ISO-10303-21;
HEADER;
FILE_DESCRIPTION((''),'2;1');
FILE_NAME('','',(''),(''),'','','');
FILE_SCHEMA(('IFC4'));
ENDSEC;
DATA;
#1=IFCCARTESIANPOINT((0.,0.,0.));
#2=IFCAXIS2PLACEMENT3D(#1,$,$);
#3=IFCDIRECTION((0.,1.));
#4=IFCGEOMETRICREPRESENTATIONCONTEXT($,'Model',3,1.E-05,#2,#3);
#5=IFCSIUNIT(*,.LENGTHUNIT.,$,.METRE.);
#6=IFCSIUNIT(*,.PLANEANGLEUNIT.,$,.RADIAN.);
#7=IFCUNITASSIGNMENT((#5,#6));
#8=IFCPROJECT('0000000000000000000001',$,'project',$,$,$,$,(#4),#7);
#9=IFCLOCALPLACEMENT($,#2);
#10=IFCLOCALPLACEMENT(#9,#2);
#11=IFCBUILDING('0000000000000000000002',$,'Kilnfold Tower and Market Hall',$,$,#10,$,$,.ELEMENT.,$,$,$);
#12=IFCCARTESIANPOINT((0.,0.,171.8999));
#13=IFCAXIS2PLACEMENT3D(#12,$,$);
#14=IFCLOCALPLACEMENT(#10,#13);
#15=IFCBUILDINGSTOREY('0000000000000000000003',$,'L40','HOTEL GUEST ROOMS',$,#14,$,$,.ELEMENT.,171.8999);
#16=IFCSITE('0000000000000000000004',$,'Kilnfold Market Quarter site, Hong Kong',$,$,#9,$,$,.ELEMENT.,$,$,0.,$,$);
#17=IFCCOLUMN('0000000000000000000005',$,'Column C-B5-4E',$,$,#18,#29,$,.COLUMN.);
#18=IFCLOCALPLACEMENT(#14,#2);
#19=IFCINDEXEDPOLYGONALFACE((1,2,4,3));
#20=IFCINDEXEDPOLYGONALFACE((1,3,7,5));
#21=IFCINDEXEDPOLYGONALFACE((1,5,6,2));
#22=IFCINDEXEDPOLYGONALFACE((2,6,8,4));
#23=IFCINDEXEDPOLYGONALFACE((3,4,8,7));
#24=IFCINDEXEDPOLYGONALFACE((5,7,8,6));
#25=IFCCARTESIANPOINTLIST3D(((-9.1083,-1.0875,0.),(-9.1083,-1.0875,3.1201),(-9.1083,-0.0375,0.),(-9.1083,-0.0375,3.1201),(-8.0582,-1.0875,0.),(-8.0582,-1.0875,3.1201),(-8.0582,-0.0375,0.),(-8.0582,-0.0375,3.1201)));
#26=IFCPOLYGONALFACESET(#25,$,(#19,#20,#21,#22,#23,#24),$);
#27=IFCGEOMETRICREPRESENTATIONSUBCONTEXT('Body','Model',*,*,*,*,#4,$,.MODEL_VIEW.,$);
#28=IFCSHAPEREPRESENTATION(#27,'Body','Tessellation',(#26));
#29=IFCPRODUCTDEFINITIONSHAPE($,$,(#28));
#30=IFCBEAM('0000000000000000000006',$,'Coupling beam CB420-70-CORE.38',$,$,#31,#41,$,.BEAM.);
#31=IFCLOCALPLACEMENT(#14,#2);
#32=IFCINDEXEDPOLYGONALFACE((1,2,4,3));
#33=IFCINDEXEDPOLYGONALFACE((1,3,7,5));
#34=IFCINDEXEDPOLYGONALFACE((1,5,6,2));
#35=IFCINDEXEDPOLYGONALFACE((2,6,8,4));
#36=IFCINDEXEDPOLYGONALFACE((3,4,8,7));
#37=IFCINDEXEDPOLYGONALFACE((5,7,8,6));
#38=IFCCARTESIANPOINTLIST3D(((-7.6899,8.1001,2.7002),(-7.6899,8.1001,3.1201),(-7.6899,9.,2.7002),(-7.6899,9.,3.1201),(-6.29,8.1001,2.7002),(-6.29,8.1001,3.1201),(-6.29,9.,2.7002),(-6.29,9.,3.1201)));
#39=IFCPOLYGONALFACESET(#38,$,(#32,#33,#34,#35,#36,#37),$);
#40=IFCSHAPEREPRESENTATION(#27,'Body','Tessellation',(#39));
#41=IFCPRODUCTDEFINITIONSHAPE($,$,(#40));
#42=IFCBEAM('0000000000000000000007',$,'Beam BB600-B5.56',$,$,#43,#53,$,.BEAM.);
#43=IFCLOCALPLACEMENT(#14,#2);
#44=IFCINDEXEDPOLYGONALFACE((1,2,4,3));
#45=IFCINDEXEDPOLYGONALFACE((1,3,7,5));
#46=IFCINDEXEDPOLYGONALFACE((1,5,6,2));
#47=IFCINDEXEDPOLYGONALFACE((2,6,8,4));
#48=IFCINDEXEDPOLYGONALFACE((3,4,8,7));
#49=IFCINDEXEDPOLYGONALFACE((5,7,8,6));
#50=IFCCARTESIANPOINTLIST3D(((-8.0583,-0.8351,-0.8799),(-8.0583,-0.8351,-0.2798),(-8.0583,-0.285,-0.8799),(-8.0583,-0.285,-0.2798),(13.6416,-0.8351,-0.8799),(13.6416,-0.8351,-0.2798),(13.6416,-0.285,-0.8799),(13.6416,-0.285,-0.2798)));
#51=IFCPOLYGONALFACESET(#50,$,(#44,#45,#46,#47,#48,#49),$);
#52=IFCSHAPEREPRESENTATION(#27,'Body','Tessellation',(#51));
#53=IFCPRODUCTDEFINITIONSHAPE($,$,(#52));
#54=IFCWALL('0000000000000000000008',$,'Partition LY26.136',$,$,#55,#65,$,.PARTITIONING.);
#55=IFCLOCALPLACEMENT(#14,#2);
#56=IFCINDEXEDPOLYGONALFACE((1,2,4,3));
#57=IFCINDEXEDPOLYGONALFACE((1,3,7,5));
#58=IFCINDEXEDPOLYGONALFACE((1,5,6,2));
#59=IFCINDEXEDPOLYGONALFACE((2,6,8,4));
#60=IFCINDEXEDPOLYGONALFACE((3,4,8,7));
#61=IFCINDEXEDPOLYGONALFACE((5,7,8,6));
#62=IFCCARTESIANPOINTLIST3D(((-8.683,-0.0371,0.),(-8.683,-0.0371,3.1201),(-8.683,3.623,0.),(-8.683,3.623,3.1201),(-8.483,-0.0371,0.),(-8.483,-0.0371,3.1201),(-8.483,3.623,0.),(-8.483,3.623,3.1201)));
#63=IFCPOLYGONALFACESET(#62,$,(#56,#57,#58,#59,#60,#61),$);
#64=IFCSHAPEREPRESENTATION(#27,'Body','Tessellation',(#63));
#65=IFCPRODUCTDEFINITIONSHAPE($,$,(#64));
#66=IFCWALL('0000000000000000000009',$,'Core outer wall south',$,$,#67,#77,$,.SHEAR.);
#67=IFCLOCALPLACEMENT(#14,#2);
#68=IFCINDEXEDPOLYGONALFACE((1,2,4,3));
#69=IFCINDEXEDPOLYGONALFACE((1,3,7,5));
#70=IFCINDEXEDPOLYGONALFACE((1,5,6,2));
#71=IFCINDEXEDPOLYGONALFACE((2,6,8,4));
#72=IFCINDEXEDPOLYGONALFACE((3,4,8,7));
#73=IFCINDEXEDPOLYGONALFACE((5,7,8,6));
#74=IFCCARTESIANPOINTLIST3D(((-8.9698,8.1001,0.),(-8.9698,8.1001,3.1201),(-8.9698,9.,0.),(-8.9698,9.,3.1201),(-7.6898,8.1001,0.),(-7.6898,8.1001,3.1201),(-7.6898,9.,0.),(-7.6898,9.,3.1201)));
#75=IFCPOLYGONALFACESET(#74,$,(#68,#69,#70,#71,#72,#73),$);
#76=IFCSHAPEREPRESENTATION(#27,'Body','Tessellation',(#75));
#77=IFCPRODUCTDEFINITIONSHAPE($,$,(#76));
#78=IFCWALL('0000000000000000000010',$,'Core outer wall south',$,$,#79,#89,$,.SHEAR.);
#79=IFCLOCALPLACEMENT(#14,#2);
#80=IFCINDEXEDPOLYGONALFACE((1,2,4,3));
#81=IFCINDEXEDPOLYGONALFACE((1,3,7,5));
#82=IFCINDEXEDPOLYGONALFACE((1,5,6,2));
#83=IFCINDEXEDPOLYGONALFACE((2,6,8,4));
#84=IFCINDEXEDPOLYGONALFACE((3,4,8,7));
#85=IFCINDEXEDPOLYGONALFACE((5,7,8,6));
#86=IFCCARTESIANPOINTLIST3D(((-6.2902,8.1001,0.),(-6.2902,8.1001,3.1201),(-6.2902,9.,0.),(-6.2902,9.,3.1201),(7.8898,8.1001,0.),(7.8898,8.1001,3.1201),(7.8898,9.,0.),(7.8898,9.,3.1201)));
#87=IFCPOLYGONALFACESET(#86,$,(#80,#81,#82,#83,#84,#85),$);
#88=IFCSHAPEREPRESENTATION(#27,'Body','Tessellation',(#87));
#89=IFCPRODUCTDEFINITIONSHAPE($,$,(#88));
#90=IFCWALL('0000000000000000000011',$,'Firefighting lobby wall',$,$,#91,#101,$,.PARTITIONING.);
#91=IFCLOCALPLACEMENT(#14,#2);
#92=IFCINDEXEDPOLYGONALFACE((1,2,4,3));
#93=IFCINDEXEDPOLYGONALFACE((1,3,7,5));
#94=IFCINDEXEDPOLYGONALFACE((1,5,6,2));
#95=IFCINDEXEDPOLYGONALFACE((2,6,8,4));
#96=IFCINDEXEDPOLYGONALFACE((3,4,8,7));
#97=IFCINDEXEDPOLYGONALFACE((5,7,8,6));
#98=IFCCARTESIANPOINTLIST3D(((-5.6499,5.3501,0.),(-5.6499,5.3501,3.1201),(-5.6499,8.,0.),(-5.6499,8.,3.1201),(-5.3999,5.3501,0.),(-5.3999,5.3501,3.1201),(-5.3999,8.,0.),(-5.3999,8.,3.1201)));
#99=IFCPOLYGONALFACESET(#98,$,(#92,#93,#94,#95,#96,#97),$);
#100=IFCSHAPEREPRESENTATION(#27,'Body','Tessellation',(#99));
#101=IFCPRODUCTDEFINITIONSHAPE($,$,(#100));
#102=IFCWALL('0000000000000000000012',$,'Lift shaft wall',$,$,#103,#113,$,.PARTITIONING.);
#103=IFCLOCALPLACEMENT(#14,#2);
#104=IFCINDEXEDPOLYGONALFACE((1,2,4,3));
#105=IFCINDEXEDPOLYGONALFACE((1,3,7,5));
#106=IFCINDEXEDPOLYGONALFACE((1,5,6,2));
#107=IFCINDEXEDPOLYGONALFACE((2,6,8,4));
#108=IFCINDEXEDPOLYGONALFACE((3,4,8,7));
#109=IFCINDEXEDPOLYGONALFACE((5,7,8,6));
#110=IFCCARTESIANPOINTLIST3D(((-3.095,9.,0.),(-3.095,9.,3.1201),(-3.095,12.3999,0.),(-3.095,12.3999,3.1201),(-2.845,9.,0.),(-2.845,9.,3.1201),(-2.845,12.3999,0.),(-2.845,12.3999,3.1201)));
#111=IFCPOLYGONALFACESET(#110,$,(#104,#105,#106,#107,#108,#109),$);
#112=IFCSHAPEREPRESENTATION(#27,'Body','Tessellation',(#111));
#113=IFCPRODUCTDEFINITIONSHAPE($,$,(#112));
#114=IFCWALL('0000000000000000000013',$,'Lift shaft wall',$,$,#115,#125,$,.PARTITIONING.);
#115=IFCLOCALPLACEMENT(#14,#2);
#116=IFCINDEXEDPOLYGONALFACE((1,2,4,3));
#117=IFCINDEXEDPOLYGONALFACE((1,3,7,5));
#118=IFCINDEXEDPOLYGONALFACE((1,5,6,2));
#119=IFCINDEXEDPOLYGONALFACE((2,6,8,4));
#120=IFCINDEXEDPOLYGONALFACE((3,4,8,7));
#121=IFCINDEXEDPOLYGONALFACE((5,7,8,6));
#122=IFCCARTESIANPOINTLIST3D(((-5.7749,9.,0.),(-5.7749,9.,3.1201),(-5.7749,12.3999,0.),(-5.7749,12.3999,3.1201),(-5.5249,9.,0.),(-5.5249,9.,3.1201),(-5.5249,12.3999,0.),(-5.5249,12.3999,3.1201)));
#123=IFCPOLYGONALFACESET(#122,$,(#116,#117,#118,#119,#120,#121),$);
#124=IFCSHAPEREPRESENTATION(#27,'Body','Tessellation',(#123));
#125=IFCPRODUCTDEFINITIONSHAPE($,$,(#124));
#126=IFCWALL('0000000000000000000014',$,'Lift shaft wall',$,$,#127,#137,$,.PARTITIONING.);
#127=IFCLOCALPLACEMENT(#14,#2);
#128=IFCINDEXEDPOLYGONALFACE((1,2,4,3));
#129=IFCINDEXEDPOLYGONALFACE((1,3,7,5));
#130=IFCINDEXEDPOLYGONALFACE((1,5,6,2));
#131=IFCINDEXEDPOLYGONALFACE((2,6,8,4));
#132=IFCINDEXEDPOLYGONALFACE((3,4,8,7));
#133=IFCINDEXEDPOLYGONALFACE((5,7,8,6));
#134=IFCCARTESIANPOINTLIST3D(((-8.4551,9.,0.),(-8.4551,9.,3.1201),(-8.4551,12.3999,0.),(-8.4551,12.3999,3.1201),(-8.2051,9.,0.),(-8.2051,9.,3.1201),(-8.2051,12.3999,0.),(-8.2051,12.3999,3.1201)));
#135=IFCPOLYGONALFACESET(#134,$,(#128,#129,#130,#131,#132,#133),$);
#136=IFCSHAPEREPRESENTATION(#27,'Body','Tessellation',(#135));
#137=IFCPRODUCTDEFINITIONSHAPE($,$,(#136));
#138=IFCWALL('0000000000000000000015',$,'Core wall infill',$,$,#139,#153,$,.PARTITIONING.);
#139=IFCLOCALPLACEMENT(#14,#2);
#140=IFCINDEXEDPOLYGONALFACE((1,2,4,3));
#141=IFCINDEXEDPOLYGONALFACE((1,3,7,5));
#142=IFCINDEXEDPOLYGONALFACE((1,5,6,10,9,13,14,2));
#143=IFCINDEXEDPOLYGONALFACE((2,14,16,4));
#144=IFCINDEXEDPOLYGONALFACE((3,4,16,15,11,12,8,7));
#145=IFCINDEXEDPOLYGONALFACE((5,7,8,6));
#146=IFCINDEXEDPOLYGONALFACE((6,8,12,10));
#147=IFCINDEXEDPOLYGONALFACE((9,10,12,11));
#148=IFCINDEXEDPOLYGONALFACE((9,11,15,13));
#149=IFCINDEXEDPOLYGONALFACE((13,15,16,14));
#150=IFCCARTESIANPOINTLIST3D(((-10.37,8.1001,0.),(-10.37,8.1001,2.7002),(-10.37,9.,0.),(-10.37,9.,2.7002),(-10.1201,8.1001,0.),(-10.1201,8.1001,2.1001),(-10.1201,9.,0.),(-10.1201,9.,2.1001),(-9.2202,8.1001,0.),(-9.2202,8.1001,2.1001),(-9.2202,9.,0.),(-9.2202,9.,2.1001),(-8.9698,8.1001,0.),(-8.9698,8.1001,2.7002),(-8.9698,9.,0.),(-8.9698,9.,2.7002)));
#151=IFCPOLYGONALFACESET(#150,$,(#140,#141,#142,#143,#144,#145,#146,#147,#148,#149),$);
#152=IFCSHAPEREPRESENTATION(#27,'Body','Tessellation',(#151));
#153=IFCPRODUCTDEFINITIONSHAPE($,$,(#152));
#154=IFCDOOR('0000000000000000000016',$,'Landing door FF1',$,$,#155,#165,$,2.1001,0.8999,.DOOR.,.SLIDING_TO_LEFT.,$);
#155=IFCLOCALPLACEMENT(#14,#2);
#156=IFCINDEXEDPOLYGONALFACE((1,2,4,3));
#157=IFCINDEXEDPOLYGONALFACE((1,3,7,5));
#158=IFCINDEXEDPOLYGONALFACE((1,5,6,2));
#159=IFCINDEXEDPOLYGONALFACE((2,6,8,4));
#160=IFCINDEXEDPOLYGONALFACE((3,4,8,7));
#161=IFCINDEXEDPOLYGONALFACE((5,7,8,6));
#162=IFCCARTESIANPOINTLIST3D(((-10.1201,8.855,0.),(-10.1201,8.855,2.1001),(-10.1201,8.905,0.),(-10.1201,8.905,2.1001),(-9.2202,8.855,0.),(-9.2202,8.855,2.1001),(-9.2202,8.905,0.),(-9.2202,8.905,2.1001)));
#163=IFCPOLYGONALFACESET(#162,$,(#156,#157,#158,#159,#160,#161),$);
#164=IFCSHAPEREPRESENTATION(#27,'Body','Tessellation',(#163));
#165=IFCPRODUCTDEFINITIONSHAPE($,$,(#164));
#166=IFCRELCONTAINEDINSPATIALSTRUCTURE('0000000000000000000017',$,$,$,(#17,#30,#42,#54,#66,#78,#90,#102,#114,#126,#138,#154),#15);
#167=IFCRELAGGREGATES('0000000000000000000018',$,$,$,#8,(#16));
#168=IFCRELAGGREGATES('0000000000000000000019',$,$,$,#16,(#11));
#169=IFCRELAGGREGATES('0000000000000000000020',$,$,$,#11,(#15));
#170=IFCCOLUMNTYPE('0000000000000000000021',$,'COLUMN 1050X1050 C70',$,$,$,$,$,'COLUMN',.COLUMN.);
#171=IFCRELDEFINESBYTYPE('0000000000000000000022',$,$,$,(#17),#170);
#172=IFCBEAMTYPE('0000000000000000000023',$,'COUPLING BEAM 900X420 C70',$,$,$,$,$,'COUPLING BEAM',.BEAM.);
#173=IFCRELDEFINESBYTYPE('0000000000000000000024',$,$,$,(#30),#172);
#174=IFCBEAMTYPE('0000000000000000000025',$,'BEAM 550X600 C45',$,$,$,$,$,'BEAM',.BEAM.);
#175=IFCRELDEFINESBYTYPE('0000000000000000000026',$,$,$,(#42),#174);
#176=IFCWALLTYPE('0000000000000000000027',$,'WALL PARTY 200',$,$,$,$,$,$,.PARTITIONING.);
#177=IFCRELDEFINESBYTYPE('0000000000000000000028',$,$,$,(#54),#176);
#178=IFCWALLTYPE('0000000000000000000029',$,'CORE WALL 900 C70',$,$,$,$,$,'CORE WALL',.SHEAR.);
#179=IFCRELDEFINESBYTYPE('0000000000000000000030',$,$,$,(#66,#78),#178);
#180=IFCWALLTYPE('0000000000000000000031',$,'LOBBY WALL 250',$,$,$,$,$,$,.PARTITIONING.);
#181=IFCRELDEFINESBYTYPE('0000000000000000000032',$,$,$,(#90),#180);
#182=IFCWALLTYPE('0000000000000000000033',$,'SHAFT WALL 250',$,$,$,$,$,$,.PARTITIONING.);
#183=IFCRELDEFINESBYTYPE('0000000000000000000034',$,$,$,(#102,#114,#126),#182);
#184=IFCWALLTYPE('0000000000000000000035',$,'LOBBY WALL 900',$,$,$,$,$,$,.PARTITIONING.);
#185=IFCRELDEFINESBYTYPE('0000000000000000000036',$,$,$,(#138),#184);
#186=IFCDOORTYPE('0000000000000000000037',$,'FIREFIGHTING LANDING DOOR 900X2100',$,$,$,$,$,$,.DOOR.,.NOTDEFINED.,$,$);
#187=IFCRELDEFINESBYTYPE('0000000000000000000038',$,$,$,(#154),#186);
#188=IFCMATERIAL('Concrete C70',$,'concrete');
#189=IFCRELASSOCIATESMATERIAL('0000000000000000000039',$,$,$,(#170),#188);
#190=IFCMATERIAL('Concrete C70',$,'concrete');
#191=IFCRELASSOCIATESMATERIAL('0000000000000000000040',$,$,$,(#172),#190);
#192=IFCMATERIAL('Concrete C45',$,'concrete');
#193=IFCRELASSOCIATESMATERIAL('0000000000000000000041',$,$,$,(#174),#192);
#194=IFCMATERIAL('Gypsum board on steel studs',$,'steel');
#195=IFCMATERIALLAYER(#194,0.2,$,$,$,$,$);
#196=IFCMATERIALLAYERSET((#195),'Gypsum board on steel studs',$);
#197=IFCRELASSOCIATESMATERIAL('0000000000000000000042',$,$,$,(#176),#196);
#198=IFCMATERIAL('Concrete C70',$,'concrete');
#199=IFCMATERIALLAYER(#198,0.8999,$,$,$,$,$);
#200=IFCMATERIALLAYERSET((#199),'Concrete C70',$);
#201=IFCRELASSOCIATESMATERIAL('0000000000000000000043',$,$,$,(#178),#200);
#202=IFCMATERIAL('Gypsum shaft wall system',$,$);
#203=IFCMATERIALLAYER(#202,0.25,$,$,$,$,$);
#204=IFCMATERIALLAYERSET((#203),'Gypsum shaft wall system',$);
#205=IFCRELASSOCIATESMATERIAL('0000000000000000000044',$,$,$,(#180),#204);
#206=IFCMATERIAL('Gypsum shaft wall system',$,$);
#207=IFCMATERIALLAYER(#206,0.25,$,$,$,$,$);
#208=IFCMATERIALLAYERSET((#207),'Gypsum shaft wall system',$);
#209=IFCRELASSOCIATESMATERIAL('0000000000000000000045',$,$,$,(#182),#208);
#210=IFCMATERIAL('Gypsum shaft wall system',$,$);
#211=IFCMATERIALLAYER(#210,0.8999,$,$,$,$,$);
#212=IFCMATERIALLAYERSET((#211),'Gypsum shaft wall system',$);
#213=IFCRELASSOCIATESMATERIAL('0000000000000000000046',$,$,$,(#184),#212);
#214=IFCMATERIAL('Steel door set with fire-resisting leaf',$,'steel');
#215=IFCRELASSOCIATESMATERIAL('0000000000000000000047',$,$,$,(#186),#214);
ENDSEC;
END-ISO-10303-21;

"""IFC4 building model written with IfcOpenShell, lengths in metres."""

from ifc_helpers import new_model, si_unit, direction, frame, frame_2d, origin, origin_2d, place, context, subcontext, project, spatial, rectangle, extrude, source, transform, mapped, material, layer, layer_set, material_profile, profile_set, type_object, element, fill, save


model = new_model("IFC4")

# Units and contexts
model_context = context("Model", 3, precision=1e-05, world=origin(), true_north=direction((0.0, 1.0)))
body_context = subcontext(model_context, "Body", "Model", "MODEL_VIEW")
ifc_project = project(units=[si_unit("LENGTHUNIT", "METRE"), si_unit("PLANEANGLEUNIT", "RADIAN")], contexts=[model_context])

# Site, building, storey
site_placement = place(None, origin())
site = spatial("IfcSite", under=ifc_project, at=site_placement, Name="Kilnfold Market Quarter site, Hong Kong", CompositionType="ELEMENT", RefElevation=0.0)
building_placement = place(site_placement, origin())
building = spatial("IfcBuilding", under=site, at=building_placement, Name="Kilnfold Tower and Market Hall", CompositionType="ELEMENT")
storey_placement = place(building_placement, frame((0.0, 0.0, 171.8999)))
storey = spatial("IfcBuildingStorey", under=building, at=storey_placement, Name="L40", Description="HOTEL GUEST ROOMS", CompositionType="ELEMENT", Elevation=171.8999)

# Column
ifc_material_1 = material(Name="Concrete C70", Category="concrete")
ifc_material_profile_1 = material_profile(ifc_material_1, rectangle(XDim=1.05, YDim=1.05, at=origin_2d()), Name="RC 1050x1050")
ifc_profile_set_1 = profile_set([ifc_material_profile_1], Name="Concrete C70")
column_type = type_object("IfcColumnType", Name="COLUMN 1050X1050 C70", ElementType="COLUMN", PredefinedType="COLUMN", material=ifc_profile_set_1)
shared_shape_1 = source(origin(), body_context, "Body", "SweptSolid", [
    extrude(rectangle(XDim=1.05, YDim=1.05, at=origin_2d()), origin(), (0.0, 0.0, 1.0), 3.1201),
])
column_placement = place(storey_placement, frame((-8.5833, -0.5625, 0.0), z_axis=(0.0, 0.0, 1.0), x_axis=(1.0, 0.0, 0.0)))
element("IfcColumn", 1, at=column_placement, inside=storey, type_object=column_type, Name="Column C-B5-4E", PredefinedType="COLUMN", context=body_context, shape_type="MappedRepresentation", body=[
    mapped(shared_shape_1, transform((0.0, 0.0, 0.0))),
])

# Beams
ifc_material_2 = material(Name="Concrete C70", Category="concrete")
ifc_material_profile_2 = material_profile(ifc_material_2, rectangle(XDim=0.8999, YDim=0.4199, at=origin_2d()), Name="RC 900x420")
ifc_profile_set_2 = profile_set([ifc_material_profile_2], Name="Concrete C70")
beam_type_1 = type_object("IfcBeamType", Name="COUPLING BEAM 900X420 C70", ElementType="COUPLING BEAM", PredefinedType="BEAM", material=ifc_profile_set_2)
shared_shape_2 = source(origin(), body_context, "Body", "SweptSolid", [
    extrude(rectangle(XDim=0.8999, YDim=0.4199, at=origin_2d()), origin(), (0.0, 0.0, 1.0), 1.3999),
])
beam_1_placement = place(storey_placement, frame((-7.6899, 8.55, 2.9102), z_axis=(1.0, 0.0, 0.0), x_axis=(0.0, 1.0, 0.0)))
element("IfcBeam", 2, at=beam_1_placement, inside=storey, type_object=beam_type_1, Name="Coupling beam CB420-70-CORE.38", PredefinedType="BEAM", context=body_context, shape_type="MappedRepresentation", body=[
    mapped(shared_shape_2, transform((0.0, 0.0, 0.0))),
])
ifc_material_3 = material(Name="Concrete C45", Category="concrete")
ifc_material_profile_3 = material_profile(ifc_material_3, rectangle(XDim=0.55, YDim=0.6001, at=origin_2d()), Name="RC 550x600")
ifc_profile_set_3 = profile_set([ifc_material_profile_3], Name="Concrete C45")
beam_type_2 = type_object("IfcBeamType", Name="BEAM 550X600 C45", ElementType="BEAM", PredefinedType="BEAM", material=ifc_profile_set_3)
shared_shape_3 = source(origin(), body_context, "Body", "SweptSolid", [
    extrude(rectangle(XDim=0.55, YDim=0.6001, at=origin_2d()), origin(), (0.0, 0.0, 1.0), 21.7),
])
beam_2_placement = place(storey_placement, frame((-8.0583, -0.5601, -0.5798), z_axis=(1.0, 0.0, 0.0), x_axis=(0.0, 1.0, 0.0)))
element("IfcBeam", 3, at=beam_2_placement, inside=storey, type_object=beam_type_2, Name="Beam BB600-B5.56", PredefinedType="BEAM", context=body_context, shape_type="MappedRepresentation", body=[
    mapped(shared_shape_3, transform((0.0, 0.0, 0.0))),
])

# Walls
ifc_material_4 = material(Name="Gypsum board on steel studs", Category="steel")
ifc_layer_1 = layer(ifc_material_4, 0.2)
ifc_layer_set_1 = layer_set([ifc_layer_1], Name="Gypsum board on steel studs")
wall_type_1 = type_object("IfcWallType", Name="WALL PARTY 200", PredefinedType="PARTITIONING", material=ifc_layer_set_1)
wall_1_placement = place(storey_placement, frame((-8.583, -0.0371, 0.0), z_axis=(0.0, 0.0, 1.0), x_axis=(0.0, 1.0, 0.0)))
element("IfcWall", 4, at=wall_1_placement, inside=storey, type_object=wall_type_1, Name="Partition LY26.136", PredefinedType="PARTITIONING", context=body_context, shape_type="SweptSolid", body=[
    extrude(rectangle(XDim=3.6602, YDim=0.2, at=frame_2d((1.8301, 0.0))), origin(), (0.0, 0.0, 1.0), 3.1201),
])
ifc_material_5 = material(Name="Concrete C70", Category="concrete")
ifc_layer_2 = layer(ifc_material_5, 0.8999)
ifc_layer_set_2 = layer_set([ifc_layer_2], Name="Concrete C70")
wall_type_2 = type_object("IfcWallType", Name="CORE WALL 900 C70", ElementType="CORE WALL", PredefinedType="SHEAR", material=ifc_layer_set_2)
shared_shape_4 = source(origin(), body_context, "Body", "SweptSolid", [
    extrude(rectangle(XDim=1.28, YDim=0.8999, at=frame_2d((0.6401, 0.0))), origin(), (0.0, 0.0, 1.0), 3.1201),
])
wall_2_placement = place(storey_placement, frame((-8.97, 8.55, 0.0), z_axis=(0.0, 0.0, 1.0), x_axis=(1.0, 0.0, 0.0)))
element("IfcWall", 5, at=wall_2_placement, inside=storey, type_object=wall_type_2, Name="Core outer wall south", PredefinedType="SHEAR", context=body_context, shape_type="MappedRepresentation", body=[
    mapped(shared_shape_4, transform((0.0, 0.0, 0.0))),
])
shared_shape_5 = source(origin(), body_context, "Body", "SweptSolid", [
    extrude(rectangle(XDim=14.1799, YDim=0.8999, at=frame_2d((7.0898, 0.0))), origin(), (0.0, 0.0, 1.0), 3.1201),
])
wall_3_placement = place(storey_placement, frame((-6.29, 8.55, 0.0), z_axis=(0.0, 0.0, 1.0), x_axis=(1.0, 0.0, 0.0)))
element("IfcWall", 6, at=wall_3_placement, inside=storey, type_object=wall_type_2, Name="Core outer wall south", PredefinedType="SHEAR", context=body_context, shape_type="MappedRepresentation", body=[
    mapped(shared_shape_5, transform((0.0, 0.0, 0.0))),
])
ifc_material_6 = material(Name="Gypsum shaft wall system")
ifc_layer_3 = layer(ifc_material_6, 0.25)
ifc_layer_set_3 = layer_set([ifc_layer_3], Name="Gypsum shaft wall system")
wall_type_3 = type_object("IfcWallType", Name="LOBBY WALL 250", PredefinedType="PARTITIONING", material=ifc_layer_set_3)
shared_shape_6 = source(origin(), body_context, "Body", "SweptSolid", [
    extrude(rectangle(XDim=2.6499, YDim=0.25, at=frame_2d((1.325, 0.0))), origin(), (0.0, 0.0, 1.0), 3.1201),
])
wall_4_placement = place(storey_placement, frame((-5.5249, 5.3501, 0.0), z_axis=(0.0, 0.0, 1.0), x_axis=(0.0, 1.0, 0.0)))
element("IfcWall", 7, at=wall_4_placement, inside=storey, type_object=wall_type_3, Name="Firefighting lobby wall", PredefinedType="PARTITIONING", context=body_context, shape_type="MappedRepresentation", body=[
    mapped(shared_shape_6, transform((0.0, 0.0, 0.0))),
])
ifc_material_7 = material(Name="Gypsum shaft wall system")
ifc_layer_4 = layer(ifc_material_7, 0.25)
ifc_layer_set_4 = layer_set([ifc_layer_4], Name="Gypsum shaft wall system")
wall_type_4 = type_object("IfcWallType", Name="SHAFT WALL 250", PredefinedType="PARTITIONING", material=ifc_layer_set_4)
shared_shape_7 = source(origin(), body_context, "Body", "SweptSolid", [
    extrude(rectangle(XDim=3.3999, YDim=0.25, at=frame_2d((1.7, 0.0))), origin(), (0.0, 0.0, 1.0), 3.1201),
])
for number, where, z_axis, x_axis, name in (
    (8, (-2.97, 9.0, 0.0), (0.0, 0.0, 1.0), (0.0, 1.0, 0.0), "Lift shaft wall"),
    (9, (-5.6499, 9.0, 0.0), (0.0, 0.0, 1.0), (0.0, 1.0, 0.0), "Lift shaft wall"),
    (10, (-8.3301, 9.0, 0.0), (0.0, 0.0, 1.0), (0.0, 1.0, 0.0), "Lift shaft wall"),
):
    element("IfcWall", number, at=place(storey_placement, frame(where, z_axis=z_axis, x_axis=x_axis)), inside=storey, type_object=wall_type_4, Name=name, PredefinedType="PARTITIONING", context=body_context, shape_type="MappedRepresentation", body=[
        mapped(shared_shape_7, transform((0.0, 0.0, 0.0))),
    ])

# Wall, opening, door
ifc_material_8 = material(Name="Gypsum shaft wall system")
ifc_layer_5 = layer(ifc_material_8, 0.8999)
ifc_layer_set_5 = layer_set([ifc_layer_5], Name="Gypsum shaft wall system")
wall_type_5 = type_object("IfcWallType", Name="LOBBY WALL 900", PredefinedType="PARTITIONING", material=ifc_layer_set_5)
shared_shape_8 = source(origin(), body_context, "Body", "SweptSolid", [
    extrude(rectangle(XDim=1.4001, YDim=0.8999, at=frame_2d((0.7002, 0.0))), origin(), (0.0, 0.0, 1.0), 2.7002),
])
wall_5_placement = place(storey_placement, frame((-10.3701, 8.55, 0.0), z_axis=(0.0, 0.0, 1.0), x_axis=(1.0, 0.0, 0.0)))
wall_5 = element("IfcWall", 11, at=wall_5_placement, inside=storey, type_object=wall_type_5, Name="Core wall infill", PredefinedType="PARTITIONING", context=body_context, shape_type="MappedRepresentation", body=[
    mapped(shared_shape_8, transform((0.0, 0.0, 0.0))),
])
opening_1_placement = place(wall_5_placement, frame((0.25, 0.0, 0.0)))
opening_1 = element("IfcOpeningElement", 12, at=opening_1_placement, cuts=wall_5, PredefinedType="OPENING", context=body_context, shape_type="SweptSolid", body=[
    extrude(rectangle(XDim=0.8999, YDim=2.1001, at=frame_2d((0.45, 1.05))), frame((0.0, 0.46, 0.0), z_axis=(0.0, -1.0, 0.0), x_axis=(1.0, 0.0, 0.0)), (0.0, 0.0, 1.0), 0.9199),
])
ifc_material_9 = material(Name="Steel door set with fire-resisting leaf", Category="steel")
door_type = type_object("IfcDoorType", Name="FIREFIGHTING LANDING DOOR 900X2100", OperationType="NOTDEFINED", PredefinedType="DOOR", material=ifc_material_9)
door_1_placement = place(opening_1_placement, origin())
door_1 = element("IfcDoor", 13, at=door_1_placement, inside=storey, type_object=door_type, Name="Landing door FF1", OperationType="SLIDING_TO_LEFT", OverallHeight=2.1001, OverallWidth=0.8999, PredefinedType="DOOR", context=body_context, shape_type="SweptSolid", body=[
    extrude(rectangle(XDim=0.8999, YDim=2.1001, at=frame_2d((0.45, 1.05))), frame((0.0, 0.355, 0.0), z_axis=(0.0, -1.0, 0.0), x_axis=(1.0, 0.0, 0.0)), (0.0, 0.0, 1.0), 0.05),
])
fill(opening_1, door_1)

save(model, "model.ifc")
